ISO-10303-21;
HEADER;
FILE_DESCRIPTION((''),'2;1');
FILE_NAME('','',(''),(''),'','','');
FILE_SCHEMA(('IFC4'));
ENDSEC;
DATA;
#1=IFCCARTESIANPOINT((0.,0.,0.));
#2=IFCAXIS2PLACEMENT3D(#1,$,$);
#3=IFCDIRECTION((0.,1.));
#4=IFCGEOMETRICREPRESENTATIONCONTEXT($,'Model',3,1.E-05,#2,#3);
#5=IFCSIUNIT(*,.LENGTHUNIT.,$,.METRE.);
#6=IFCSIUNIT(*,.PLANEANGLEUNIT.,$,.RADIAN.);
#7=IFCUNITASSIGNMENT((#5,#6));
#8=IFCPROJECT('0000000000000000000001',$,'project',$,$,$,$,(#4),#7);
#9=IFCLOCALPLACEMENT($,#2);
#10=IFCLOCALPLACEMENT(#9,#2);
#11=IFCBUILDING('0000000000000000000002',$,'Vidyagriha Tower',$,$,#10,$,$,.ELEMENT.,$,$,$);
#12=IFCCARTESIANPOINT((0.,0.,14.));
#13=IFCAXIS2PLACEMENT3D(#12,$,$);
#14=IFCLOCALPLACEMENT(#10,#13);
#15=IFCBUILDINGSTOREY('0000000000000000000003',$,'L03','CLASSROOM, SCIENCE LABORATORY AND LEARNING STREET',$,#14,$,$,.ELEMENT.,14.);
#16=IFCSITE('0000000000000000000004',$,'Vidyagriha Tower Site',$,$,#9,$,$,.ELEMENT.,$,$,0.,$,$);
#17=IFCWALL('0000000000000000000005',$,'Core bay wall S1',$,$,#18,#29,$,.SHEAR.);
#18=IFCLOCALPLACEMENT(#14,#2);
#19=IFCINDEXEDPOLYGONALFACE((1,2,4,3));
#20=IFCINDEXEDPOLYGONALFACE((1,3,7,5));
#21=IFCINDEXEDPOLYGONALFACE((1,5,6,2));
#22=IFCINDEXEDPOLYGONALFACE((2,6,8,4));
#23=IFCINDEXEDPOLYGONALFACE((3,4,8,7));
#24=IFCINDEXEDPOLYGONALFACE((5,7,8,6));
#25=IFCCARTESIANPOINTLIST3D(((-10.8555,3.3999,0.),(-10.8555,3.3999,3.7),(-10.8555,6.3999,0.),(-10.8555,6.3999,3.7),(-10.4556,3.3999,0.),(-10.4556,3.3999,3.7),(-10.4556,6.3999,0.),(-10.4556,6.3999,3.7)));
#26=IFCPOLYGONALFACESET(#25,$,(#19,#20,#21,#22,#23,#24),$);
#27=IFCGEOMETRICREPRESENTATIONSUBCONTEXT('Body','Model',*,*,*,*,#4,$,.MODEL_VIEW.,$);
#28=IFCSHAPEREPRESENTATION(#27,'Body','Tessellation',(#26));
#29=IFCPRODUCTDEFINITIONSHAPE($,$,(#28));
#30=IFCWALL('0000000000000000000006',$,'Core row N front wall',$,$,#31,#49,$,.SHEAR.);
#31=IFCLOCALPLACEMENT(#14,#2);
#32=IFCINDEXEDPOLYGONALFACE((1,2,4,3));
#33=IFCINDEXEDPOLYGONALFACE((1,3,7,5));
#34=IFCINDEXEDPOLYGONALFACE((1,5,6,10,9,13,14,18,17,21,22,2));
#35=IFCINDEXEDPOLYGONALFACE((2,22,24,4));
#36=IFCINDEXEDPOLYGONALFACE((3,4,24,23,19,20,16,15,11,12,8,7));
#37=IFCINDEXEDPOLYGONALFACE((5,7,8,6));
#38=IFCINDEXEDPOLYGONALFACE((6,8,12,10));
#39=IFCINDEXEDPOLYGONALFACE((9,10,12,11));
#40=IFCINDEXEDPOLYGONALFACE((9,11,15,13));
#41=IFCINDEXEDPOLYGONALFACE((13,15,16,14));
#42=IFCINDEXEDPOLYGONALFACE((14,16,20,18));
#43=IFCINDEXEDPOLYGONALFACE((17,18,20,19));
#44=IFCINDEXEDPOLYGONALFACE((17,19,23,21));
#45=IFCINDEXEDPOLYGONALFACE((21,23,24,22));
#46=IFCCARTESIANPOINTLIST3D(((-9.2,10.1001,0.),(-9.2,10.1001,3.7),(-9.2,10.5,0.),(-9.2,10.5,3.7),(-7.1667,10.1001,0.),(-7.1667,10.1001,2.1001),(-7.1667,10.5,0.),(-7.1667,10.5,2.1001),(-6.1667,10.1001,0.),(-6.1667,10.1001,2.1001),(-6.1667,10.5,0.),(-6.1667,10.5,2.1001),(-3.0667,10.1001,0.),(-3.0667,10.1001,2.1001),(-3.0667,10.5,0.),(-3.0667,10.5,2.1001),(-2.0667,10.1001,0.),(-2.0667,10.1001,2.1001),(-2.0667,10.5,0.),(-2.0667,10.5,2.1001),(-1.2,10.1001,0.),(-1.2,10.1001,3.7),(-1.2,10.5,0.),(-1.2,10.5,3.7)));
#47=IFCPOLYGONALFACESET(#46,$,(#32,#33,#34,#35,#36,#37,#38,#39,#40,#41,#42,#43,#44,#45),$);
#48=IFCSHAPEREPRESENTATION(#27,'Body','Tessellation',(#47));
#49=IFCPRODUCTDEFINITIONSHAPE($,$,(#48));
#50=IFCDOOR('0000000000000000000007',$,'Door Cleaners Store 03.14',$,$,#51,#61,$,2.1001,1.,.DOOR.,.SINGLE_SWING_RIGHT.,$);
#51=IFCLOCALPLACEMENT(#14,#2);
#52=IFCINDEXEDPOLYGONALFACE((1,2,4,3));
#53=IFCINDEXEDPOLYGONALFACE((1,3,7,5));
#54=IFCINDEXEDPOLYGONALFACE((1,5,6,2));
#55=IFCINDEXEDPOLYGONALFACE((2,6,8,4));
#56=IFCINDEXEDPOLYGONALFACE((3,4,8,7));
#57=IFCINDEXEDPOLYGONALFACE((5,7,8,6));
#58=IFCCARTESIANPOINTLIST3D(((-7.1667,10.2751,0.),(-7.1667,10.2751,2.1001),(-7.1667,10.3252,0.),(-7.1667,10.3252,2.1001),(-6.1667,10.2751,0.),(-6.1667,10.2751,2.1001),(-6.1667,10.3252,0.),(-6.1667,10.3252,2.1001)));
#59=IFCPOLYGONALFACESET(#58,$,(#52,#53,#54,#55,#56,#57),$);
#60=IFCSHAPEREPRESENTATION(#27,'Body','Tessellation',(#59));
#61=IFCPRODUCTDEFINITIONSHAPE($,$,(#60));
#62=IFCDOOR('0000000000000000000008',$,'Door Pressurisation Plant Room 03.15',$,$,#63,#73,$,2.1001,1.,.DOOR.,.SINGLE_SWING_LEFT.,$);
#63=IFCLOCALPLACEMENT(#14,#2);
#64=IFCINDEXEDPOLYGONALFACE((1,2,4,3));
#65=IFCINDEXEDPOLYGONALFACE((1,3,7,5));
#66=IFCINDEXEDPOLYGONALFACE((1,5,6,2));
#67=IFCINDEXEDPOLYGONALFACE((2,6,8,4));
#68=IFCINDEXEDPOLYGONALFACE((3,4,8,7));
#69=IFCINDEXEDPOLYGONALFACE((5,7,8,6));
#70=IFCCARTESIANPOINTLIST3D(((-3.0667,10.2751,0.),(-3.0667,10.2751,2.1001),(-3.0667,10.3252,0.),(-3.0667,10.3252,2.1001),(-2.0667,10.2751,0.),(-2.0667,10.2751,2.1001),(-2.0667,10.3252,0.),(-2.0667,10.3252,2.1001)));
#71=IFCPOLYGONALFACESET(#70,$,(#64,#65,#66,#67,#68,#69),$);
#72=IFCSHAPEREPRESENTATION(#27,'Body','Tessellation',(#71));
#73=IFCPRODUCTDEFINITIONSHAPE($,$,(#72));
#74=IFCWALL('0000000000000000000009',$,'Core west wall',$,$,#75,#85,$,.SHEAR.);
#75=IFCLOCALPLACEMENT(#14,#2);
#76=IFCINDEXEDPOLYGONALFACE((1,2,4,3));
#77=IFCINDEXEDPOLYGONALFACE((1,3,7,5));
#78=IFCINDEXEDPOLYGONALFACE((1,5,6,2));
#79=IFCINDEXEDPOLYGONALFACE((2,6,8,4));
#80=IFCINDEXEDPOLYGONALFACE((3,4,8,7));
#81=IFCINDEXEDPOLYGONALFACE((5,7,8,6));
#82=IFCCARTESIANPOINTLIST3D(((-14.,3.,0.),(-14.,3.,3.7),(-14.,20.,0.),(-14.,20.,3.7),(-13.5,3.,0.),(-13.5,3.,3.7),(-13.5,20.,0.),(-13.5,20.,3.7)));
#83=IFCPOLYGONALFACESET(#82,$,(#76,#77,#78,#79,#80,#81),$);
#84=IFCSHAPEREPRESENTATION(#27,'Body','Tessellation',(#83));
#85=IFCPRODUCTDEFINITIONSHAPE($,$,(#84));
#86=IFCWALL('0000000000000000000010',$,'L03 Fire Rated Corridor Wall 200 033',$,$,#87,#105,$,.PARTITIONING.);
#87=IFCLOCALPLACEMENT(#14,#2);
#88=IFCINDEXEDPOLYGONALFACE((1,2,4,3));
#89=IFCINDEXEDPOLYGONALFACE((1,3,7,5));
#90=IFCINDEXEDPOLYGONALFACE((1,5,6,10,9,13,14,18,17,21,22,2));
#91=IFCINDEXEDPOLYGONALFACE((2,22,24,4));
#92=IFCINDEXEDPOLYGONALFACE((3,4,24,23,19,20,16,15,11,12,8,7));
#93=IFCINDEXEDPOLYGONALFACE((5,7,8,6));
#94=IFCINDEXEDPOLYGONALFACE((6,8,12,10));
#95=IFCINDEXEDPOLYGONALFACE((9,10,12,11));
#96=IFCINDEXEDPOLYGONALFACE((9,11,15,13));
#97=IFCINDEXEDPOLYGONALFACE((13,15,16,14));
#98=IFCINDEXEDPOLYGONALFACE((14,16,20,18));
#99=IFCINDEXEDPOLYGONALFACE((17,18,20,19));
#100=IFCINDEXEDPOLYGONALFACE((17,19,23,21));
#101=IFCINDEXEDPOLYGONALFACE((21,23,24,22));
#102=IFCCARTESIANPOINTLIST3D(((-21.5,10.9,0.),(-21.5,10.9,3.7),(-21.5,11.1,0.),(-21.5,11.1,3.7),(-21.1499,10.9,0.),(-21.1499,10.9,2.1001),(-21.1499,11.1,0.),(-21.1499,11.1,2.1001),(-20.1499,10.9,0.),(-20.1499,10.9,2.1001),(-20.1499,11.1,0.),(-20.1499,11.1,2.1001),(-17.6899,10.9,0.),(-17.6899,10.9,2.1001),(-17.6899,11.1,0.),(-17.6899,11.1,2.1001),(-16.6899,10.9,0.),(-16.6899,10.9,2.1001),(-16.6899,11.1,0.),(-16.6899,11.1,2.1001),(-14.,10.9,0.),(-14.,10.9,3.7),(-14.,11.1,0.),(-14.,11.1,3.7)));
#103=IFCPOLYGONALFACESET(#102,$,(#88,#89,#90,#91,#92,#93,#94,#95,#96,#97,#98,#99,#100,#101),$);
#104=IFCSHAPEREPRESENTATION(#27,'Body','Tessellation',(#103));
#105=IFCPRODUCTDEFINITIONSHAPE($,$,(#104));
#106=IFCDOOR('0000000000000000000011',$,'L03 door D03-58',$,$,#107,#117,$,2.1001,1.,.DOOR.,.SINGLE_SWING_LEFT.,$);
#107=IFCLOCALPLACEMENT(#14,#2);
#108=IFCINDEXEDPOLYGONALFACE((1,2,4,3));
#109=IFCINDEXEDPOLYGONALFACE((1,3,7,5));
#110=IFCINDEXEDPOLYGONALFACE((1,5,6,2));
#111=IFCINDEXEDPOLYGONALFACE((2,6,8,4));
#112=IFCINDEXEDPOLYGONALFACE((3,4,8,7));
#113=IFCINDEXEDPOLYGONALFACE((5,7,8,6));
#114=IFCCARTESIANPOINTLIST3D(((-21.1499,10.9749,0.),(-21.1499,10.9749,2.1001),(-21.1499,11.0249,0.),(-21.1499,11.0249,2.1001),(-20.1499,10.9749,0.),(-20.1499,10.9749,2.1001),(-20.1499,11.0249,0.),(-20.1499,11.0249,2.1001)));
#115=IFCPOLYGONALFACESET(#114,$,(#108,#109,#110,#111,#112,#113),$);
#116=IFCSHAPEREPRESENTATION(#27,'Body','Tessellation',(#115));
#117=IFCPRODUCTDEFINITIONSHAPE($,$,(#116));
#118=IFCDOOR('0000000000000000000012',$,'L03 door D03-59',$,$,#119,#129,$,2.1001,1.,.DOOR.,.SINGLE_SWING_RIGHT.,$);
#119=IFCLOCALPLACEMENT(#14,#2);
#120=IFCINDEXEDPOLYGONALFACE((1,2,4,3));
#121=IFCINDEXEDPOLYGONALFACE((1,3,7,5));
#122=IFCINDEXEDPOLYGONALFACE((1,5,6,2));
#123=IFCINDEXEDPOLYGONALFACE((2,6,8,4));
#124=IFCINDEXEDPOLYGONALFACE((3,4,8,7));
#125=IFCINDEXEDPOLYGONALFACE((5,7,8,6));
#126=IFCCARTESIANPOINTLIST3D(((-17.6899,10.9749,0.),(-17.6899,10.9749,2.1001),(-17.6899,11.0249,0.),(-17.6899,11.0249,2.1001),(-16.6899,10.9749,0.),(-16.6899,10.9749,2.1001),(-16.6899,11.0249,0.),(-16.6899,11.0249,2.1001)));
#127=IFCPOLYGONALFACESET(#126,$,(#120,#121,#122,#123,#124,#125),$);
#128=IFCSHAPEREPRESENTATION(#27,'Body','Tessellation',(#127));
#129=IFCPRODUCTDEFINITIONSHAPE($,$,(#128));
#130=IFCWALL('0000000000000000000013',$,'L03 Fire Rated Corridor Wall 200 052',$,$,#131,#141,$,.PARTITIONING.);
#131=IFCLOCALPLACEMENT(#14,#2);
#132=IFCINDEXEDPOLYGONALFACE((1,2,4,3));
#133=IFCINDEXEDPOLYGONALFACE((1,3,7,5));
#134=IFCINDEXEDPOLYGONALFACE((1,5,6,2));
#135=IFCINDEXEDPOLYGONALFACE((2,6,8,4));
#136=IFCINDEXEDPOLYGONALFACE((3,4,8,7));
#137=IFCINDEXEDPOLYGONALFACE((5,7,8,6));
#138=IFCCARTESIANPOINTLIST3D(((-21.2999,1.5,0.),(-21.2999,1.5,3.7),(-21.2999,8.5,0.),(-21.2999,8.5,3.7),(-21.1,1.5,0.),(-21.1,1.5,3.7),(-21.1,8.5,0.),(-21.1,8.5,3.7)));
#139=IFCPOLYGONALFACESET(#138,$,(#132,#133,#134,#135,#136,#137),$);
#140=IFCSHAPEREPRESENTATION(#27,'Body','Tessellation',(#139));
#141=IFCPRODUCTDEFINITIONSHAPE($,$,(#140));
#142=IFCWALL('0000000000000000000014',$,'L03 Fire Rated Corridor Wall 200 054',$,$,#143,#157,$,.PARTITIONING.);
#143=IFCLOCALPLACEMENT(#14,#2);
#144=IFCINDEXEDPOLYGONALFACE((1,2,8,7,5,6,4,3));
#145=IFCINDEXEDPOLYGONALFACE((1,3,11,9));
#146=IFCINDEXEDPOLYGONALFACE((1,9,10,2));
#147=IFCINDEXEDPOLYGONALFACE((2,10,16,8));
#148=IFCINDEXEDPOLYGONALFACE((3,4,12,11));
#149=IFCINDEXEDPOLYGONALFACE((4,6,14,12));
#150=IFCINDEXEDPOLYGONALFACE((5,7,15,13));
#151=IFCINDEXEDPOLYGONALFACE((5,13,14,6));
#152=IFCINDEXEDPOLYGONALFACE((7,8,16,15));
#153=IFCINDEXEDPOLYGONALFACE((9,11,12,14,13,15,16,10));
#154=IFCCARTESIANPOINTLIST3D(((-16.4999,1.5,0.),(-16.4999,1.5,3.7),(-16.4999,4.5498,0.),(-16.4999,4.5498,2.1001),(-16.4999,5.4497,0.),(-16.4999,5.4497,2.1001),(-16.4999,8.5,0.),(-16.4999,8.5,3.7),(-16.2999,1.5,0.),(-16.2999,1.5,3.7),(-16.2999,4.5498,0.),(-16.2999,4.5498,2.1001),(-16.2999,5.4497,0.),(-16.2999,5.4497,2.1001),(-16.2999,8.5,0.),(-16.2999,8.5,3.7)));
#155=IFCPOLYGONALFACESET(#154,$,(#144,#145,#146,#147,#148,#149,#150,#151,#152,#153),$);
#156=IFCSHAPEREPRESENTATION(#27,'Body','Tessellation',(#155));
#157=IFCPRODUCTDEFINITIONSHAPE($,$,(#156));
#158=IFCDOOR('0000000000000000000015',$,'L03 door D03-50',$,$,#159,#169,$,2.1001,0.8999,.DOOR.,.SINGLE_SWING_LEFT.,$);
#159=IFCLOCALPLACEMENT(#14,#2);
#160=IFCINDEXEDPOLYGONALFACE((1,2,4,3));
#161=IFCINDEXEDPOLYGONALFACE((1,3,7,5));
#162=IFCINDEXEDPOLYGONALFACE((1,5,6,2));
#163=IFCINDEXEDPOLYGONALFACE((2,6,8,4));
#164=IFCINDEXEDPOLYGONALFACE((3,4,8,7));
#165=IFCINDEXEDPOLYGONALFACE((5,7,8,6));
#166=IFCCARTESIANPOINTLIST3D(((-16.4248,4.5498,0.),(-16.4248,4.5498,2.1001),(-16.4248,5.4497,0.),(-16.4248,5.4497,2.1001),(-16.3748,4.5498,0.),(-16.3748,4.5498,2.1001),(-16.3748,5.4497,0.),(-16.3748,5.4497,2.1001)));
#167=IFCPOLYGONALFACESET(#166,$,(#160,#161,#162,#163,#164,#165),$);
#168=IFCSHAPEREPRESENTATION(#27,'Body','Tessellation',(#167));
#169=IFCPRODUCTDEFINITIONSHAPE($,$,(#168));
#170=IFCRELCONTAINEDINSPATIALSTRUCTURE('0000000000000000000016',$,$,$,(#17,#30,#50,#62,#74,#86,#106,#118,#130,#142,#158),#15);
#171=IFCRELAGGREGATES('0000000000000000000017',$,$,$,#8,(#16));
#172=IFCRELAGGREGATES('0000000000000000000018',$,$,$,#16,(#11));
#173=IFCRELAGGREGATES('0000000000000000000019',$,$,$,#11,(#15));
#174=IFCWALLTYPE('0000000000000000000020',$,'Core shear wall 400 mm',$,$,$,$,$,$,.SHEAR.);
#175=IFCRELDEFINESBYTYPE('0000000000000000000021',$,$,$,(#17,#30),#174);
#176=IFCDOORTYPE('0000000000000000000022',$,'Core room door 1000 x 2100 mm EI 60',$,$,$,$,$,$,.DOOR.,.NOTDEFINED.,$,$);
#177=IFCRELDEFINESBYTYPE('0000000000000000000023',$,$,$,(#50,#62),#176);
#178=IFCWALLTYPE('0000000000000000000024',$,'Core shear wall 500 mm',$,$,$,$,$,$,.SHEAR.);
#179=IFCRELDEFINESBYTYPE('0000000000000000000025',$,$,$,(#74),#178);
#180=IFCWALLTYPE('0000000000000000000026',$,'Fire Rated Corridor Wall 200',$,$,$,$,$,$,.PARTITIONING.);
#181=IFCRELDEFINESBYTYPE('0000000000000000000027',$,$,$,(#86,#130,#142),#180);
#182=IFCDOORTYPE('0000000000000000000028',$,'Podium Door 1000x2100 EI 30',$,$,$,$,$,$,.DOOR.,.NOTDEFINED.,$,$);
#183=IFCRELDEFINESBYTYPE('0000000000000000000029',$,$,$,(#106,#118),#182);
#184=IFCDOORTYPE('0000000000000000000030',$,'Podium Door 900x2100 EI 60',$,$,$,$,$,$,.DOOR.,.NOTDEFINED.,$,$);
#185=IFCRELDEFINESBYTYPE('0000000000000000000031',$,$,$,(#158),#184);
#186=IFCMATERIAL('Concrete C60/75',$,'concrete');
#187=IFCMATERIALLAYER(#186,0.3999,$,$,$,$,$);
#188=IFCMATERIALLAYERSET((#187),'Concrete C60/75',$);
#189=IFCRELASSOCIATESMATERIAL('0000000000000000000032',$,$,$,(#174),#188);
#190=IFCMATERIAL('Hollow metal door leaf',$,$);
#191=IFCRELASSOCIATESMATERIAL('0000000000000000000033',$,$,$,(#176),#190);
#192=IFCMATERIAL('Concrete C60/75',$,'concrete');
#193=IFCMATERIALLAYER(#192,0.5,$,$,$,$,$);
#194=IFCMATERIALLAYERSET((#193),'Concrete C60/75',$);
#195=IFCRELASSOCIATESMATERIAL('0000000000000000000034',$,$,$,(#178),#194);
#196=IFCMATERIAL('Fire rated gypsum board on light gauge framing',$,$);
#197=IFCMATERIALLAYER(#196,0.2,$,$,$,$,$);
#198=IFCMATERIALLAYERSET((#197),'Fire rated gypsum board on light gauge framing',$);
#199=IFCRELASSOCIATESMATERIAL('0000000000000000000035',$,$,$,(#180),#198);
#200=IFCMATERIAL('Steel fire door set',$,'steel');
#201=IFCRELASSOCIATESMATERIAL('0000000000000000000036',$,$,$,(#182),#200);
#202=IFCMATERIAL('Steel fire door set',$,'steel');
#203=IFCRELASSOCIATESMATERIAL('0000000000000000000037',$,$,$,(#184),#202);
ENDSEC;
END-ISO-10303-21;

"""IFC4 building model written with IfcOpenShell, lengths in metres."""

from ifc_helpers import new_model, si_unit, direction, frame, frame_2d, origin, place, context, subcontext, project, spatial, rectangle, extrude, material, layer, layer_set, type_object, element, fill, save


model = new_model("IFC4")

# Units and contexts
model_context = context("Model", 3, precision=1e-05, world=origin(), true_north=direction((0.0, 1.0)))
body_context = subcontext(model_context, "Body", "Model", "MODEL_VIEW")
ifc_project = project(units=[si_unit("LENGTHUNIT", "METRE"), si_unit("PLANEANGLEUNIT", "RADIAN")], contexts=[model_context])

# Site, building, storey
site_placement = place(None, origin())
site = spatial("IfcSite", under=ifc_project, at=site_placement, Name="Vidyagriha Tower Site", CompositionType="ELEMENT", RefElevation=0.0)
building_placement = place(site_placement, origin())
building = spatial("IfcBuilding", under=site, at=building_placement, Name="Vidyagriha Tower", CompositionType="ELEMENT")
storey_placement = place(building_placement, frame((0.0, 0.0, 14.0)))
storey = spatial("IfcBuildingStorey", under=building, at=storey_placement, Name="L03", Description="CLASSROOM, SCIENCE LABORATORY AND LEARNING STREET", CompositionType="ELEMENT", Elevation=14.0)

# Shared definitions
ifc_material_1 = material(Name="Concrete C60/75", Category="concrete")
ifc_layer_1 = layer(ifc_material_1, 0.3999)
ifc_layer_set_1 = layer_set([ifc_layer_1], Name="Concrete C60/75")
wall_type_1 = type_object("IfcWallType", Name="Core shear wall 400 mm", PredefinedType="SHEAR", material=ifc_layer_set_1)
ifc_material_2 = material(Name="Hollow metal door leaf")
door_type_1 = type_object("IfcDoorType", Name="Core room door 1000 x 2100 mm EI 60", OperationType="NOTDEFINED", PredefinedType="DOOR", material=ifc_material_2)

# Wall
wall_1_placement = place(storey_placement, frame((-10.6555, 3.3999, 0.0), z_axis=(0.0, 0.0, 1.0), x_axis=(0.0, 1.0, 0.0)))
element("IfcWall", 1, at=wall_1_placement, inside=storey, type_object=wall_type_1, Name="Core bay wall S1", PredefinedType="SHEAR", context=body_context, shape_type="SweptSolid", body=[
    extrude(rectangle(XDim=3.0, YDim=0.3999, at=frame_2d((1.5, 0.0))), origin(), (0.0, 0.0, 1.0), 3.7),
])

# Wall, openings, doors
wall_2_placement = place(storey_placement, frame((-9.2, 10.3, 0.0)))
wall_2 = element("IfcWall", 2, at=wall_2_placement, inside=storey, type_object=wall_type_1, Name="Core row N front wall", PredefinedType="SHEAR", context=body_context, shape_type="SweptSolid", body=[
    extrude(rectangle(XDim=8.0, YDim=0.3999, at=frame_2d((4.0, 0.0))), origin(), (0.0, 0.0, 1.0), 3.7),
])
opening_1_placement = place(wall_2_placement, frame((2.0332, 0.0, 0.0)))
opening_1 = element("IfcOpeningElement", 3, at=opening_1_placement, cuts=wall_2, PredefinedType="OPENING", context=body_context, shape_type="SweptSolid", body=[
    extrude(rectangle(XDim=1.0, YDim=2.1001, at=frame_2d((0.5, 1.05))), frame((0.0, 0.21, 0.0), z_axis=(0.0, -1.0, 0.0), x_axis=(1.0, 0.0, 0.0)), (0.0, 0.0, 1.0), 0.4199),
])
opening_2_placement = place(wall_2_placement, frame((6.1333, 0.0, 0.0)))
opening_2 = element("IfcOpeningElement", 4, at=opening_2_placement, cuts=wall_2, PredefinedType="OPENING", context=body_context, shape_type="SweptSolid", body=[
    extrude(rectangle(XDim=1.0, YDim=2.1001, at=frame_2d((0.5, 1.05))), frame((0.0, 0.21, 0.0), z_axis=(0.0, -1.0, 0.0), x_axis=(1.0, 0.0, 0.0)), (0.0, 0.0, 1.0), 0.4199),
])
door_1_placement = place(opening_1_placement, frame((1.0, 0.0, 0.0), z_axis=(0.0, 0.0, 1.0), x_axis=(-1.0, 0.0, 0.0)))
door_1 = element("IfcDoor", 5, at=door_1_placement, inside=storey, type_object=door_type_1, Name="Door Cleaners Store 03.14", OperationType="SINGLE_SWING_RIGHT", OverallHeight=2.1001, OverallWidth=1.0, PredefinedType="DOOR", context=body_context, shape_type="SweptSolid", body=[
    extrude(rectangle(XDim=1.0, YDim=2.1001, at=frame_2d((0.5, 1.05))), frame((0.0, 0.0249, 0.0), z_axis=(0.0, -1.0, 0.0), x_axis=(1.0, 0.0, 0.0)), (0.0, 0.0, 1.0), 0.05),
])
fill(opening_1, door_1)
door_2_placement = place(opening_2_placement, frame((1.0, 0.0, 0.0), z_axis=(0.0, 0.0, 1.0), x_axis=(-1.0, 0.0, 0.0)))
door_2 = element("IfcDoor", 6, at=door_2_placement, inside=storey, type_object=door_type_1, Name="Door Pressurisation Plant Room 03.15", OperationType="SINGLE_SWING_LEFT", OverallHeight=2.1001, OverallWidth=1.0, PredefinedType="DOOR", context=body_context, shape_type="SweptSolid", body=[
    extrude(rectangle(XDim=1.0, YDim=2.1001, at=frame_2d((0.5, 1.05))), frame((0.0, 0.0249, 0.0), z_axis=(0.0, -1.0, 0.0), x_axis=(1.0, 0.0, 0.0)), (0.0, 0.0, 1.0), 0.05),
])
fill(opening_2, door_2)

# Wall
ifc_material_3 = material(Name="Concrete C60/75", Category="concrete")
ifc_layer_2 = layer(ifc_material_3, 0.5)
ifc_layer_set_2 = layer_set([ifc_layer_2], Name="Concrete C60/75")
wall_type_2 = type_object("IfcWallType", Name="Core shear wall 500 mm", PredefinedType="SHEAR", material=ifc_layer_set_2)
wall_3_placement = place(storey_placement, frame((-13.75, 3.0, 0.0), z_axis=(0.0, 0.0, 1.0), x_axis=(0.0, 1.0, 0.0)))
element("IfcWall", 7, at=wall_3_placement, inside=storey, type_object=wall_type_2, Name="Core west wall", PredefinedType="SHEAR", context=body_context, shape_type="SweptSolid", body=[
    extrude(rectangle(XDim=17.0, YDim=0.5, at=frame_2d((8.5, 0.0))), origin(), (0.0, 0.0, 1.0), 3.7),
])

# Wall, openings, doors
ifc_material_4 = material(Name="Fire rated gypsum board on light gauge framing")
ifc_layer_3 = layer(ifc_material_4, 0.2)
ifc_layer_set_3 = layer_set([ifc_layer_3], Name="Fire rated gypsum board on light gauge framing")
wall_type_3 = type_object("IfcWallType", Name="Fire Rated Corridor Wall 200", PredefinedType="PARTITIONING", material=ifc_layer_set_3)
wall_4_placement = place(storey_placement, frame((-21.5, 11.0, 0.0)))
wall_4 = element("IfcWall", 8, at=wall_4_placement, inside=storey, type_object=wall_type_3, Name="L03 Fire Rated Corridor Wall 200 033", PredefinedType="PARTITIONING", context=body_context, shape_type="SweptSolid", body=[
    extrude(rectangle(XDim=7.5, YDim=0.2, at=frame_2d((3.75, 0.0))), origin(), (0.0, 0.0, 1.0), 3.7),
])
opening_3_placement = place(wall_4_placement, frame((0.3501, 0.0, 0.0)))
opening_3 = element("IfcOpeningElement", 9, at=opening_3_placement, cuts=wall_4, PredefinedType="OPENING", context=body_context, shape_type="SweptSolid", body=[
    extrude(rectangle(XDim=1.0, YDim=2.1001, at=frame_2d((0.5, 1.05))), frame((0.0, 0.1099, 0.0), z_axis=(0.0, -1.0, 0.0), x_axis=(1.0, 0.0, 0.0)), (0.0, 0.0, 1.0), 0.22),
])
opening_4_placement = place(wall_4_placement, frame((3.8101, 0.0, 0.0)))
opening_4 = element("IfcOpeningElement", 10, at=opening_4_placement, cuts=wall_4, PredefinedType="OPENING", context=body_context, shape_type="SweptSolid", body=[
    extrude(rectangle(XDim=1.0, YDim=2.1001, at=frame_2d((0.5, 1.05))), frame((0.0, 0.1099, 0.0), z_axis=(0.0, -1.0, 0.0), x_axis=(1.0, 0.0, 0.0)), (0.0, 0.0, 1.0), 0.22),
])
ifc_material_5 = material(Name="Steel fire door set", Category="steel")
door_type_2 = type_object("IfcDoorType", Name="Podium Door 1000x2100 EI 30", OperationType="NOTDEFINED", PredefinedType="DOOR", material=ifc_material_5)
door_3_placement = place(opening_3_placement, origin())
door_3 = element("IfcDoor", 11, at=door_3_placement, inside=storey, type_object=door_type_2, Name="L03 door D03-58", OperationType="SINGLE_SWING_LEFT", OverallHeight=2.1001, OverallWidth=1.0, PredefinedType="DOOR", context=body_context, shape_type="SweptSolid", body=[
    extrude(rectangle(XDim=1.0, YDim=2.1001, at=frame_2d((0.5, 1.05))), frame((0.0, 0.0249, 0.0), z_axis=(0.0, -1.0, 0.0), x_axis=(1.0, 0.0, 0.0)), (0.0, 0.0, 1.0), 0.05),
])
fill(opening_3, door_3)
door_4_placement = place(opening_4_placement, origin())
door_4 = element("IfcDoor", 12, at=door_4_placement, inside=storey, type_object=door_type_2, Name="L03 door D03-59", OperationType="SINGLE_SWING_RIGHT", OverallHeight=2.1001, OverallWidth=1.0, PredefinedType="DOOR", context=body_context, shape_type="SweptSolid", body=[
    extrude(rectangle(XDim=1.0, YDim=2.1001, at=frame_2d((0.5, 1.05))), frame((0.0, 0.0249, 0.0), z_axis=(0.0, -1.0, 0.0), x_axis=(1.0, 0.0, 0.0)), (0.0, 0.0, 1.0), 0.05),
])
fill(opening_4, door_4)

# Wall
wall_5_placement = place(storey_placement, frame((-21.2, 1.5, 0.0), z_axis=(0.0, 0.0, 1.0), x_axis=(0.0, 1.0, 0.0)))
element("IfcWall", 13, at=wall_5_placement, inside=storey, type_object=wall_type_3, Name="L03 Fire Rated Corridor Wall 200 052", PredefinedType="PARTITIONING", context=body_context, shape_type="SweptSolid", body=[
    extrude(rectangle(XDim=7.0, YDim=0.2, at=frame_2d((3.5, 0.0))), origin(), (0.0, 0.0, 1.0), 3.7),
])

# Wall, opening, door
wall_6_placement = place(storey_placement, frame((-16.3999, 1.5, 0.0), z_axis=(0.0, 0.0, 1.0), x_axis=(0.0, 1.0, 0.0)))
wall_6 = element("IfcWall", 14, at=wall_6_placement, inside=storey, type_object=wall_type_3, Name="L03 Fire Rated Corridor Wall 200 054", PredefinedType="PARTITIONING", context=body_context, shape_type="SweptSolid", body=[
    extrude(rectangle(XDim=7.0, YDim=0.2, at=frame_2d((3.5, 0.0))), origin(), (0.0, 0.0, 1.0), 3.7),
])
opening_5_placement = place(wall_6_placement, frame((3.0498, 0.0, 0.0)))
opening_5 = element("IfcOpeningElement", 15, at=opening_5_placement, cuts=wall_6, PredefinedType="OPENING", context=body_context, shape_type="SweptSolid", body=[
    extrude(rectangle(XDim=0.8999, YDim=2.1001, at=frame_2d((0.45, 1.05))), frame((0.0, 0.1099, 0.0), z_axis=(0.0, -1.0, 0.0), x_axis=(1.0, 0.0, 0.0)), (0.0, 0.0, 1.0), 0.22),
])
ifc_material_6 = material(Name="Steel fire door set", Category="steel")
door_type_3 = type_object("IfcDoorType", Name="Podium Door 900x2100 EI 60", OperationType="NOTDEFINED", PredefinedType="DOOR", material=ifc_material_6)
door_5_placement = place(opening_5_placement, origin())
door_5 = element("IfcDoor", 16, at=door_5_placement, inside=storey, type_object=door_type_3, Name="L03 door D03-50", OperationType="SINGLE_SWING_LEFT", OverallHeight=2.1001, OverallWidth=0.8999, PredefinedType="DOOR", context=body_context, shape_type="SweptSolid", body=[
    extrude(rectangle(XDim=0.8999, YDim=2.1001, at=frame_2d((0.45, 1.05))), frame((0.0, 0.0249, 0.0), z_axis=(0.0, -1.0, 0.0), x_axis=(1.0, 0.0, 0.0)), (0.0, 0.0, 1.0), 0.05),
])
fill(opening_5, door_5)

save(model, "model.ifc")
